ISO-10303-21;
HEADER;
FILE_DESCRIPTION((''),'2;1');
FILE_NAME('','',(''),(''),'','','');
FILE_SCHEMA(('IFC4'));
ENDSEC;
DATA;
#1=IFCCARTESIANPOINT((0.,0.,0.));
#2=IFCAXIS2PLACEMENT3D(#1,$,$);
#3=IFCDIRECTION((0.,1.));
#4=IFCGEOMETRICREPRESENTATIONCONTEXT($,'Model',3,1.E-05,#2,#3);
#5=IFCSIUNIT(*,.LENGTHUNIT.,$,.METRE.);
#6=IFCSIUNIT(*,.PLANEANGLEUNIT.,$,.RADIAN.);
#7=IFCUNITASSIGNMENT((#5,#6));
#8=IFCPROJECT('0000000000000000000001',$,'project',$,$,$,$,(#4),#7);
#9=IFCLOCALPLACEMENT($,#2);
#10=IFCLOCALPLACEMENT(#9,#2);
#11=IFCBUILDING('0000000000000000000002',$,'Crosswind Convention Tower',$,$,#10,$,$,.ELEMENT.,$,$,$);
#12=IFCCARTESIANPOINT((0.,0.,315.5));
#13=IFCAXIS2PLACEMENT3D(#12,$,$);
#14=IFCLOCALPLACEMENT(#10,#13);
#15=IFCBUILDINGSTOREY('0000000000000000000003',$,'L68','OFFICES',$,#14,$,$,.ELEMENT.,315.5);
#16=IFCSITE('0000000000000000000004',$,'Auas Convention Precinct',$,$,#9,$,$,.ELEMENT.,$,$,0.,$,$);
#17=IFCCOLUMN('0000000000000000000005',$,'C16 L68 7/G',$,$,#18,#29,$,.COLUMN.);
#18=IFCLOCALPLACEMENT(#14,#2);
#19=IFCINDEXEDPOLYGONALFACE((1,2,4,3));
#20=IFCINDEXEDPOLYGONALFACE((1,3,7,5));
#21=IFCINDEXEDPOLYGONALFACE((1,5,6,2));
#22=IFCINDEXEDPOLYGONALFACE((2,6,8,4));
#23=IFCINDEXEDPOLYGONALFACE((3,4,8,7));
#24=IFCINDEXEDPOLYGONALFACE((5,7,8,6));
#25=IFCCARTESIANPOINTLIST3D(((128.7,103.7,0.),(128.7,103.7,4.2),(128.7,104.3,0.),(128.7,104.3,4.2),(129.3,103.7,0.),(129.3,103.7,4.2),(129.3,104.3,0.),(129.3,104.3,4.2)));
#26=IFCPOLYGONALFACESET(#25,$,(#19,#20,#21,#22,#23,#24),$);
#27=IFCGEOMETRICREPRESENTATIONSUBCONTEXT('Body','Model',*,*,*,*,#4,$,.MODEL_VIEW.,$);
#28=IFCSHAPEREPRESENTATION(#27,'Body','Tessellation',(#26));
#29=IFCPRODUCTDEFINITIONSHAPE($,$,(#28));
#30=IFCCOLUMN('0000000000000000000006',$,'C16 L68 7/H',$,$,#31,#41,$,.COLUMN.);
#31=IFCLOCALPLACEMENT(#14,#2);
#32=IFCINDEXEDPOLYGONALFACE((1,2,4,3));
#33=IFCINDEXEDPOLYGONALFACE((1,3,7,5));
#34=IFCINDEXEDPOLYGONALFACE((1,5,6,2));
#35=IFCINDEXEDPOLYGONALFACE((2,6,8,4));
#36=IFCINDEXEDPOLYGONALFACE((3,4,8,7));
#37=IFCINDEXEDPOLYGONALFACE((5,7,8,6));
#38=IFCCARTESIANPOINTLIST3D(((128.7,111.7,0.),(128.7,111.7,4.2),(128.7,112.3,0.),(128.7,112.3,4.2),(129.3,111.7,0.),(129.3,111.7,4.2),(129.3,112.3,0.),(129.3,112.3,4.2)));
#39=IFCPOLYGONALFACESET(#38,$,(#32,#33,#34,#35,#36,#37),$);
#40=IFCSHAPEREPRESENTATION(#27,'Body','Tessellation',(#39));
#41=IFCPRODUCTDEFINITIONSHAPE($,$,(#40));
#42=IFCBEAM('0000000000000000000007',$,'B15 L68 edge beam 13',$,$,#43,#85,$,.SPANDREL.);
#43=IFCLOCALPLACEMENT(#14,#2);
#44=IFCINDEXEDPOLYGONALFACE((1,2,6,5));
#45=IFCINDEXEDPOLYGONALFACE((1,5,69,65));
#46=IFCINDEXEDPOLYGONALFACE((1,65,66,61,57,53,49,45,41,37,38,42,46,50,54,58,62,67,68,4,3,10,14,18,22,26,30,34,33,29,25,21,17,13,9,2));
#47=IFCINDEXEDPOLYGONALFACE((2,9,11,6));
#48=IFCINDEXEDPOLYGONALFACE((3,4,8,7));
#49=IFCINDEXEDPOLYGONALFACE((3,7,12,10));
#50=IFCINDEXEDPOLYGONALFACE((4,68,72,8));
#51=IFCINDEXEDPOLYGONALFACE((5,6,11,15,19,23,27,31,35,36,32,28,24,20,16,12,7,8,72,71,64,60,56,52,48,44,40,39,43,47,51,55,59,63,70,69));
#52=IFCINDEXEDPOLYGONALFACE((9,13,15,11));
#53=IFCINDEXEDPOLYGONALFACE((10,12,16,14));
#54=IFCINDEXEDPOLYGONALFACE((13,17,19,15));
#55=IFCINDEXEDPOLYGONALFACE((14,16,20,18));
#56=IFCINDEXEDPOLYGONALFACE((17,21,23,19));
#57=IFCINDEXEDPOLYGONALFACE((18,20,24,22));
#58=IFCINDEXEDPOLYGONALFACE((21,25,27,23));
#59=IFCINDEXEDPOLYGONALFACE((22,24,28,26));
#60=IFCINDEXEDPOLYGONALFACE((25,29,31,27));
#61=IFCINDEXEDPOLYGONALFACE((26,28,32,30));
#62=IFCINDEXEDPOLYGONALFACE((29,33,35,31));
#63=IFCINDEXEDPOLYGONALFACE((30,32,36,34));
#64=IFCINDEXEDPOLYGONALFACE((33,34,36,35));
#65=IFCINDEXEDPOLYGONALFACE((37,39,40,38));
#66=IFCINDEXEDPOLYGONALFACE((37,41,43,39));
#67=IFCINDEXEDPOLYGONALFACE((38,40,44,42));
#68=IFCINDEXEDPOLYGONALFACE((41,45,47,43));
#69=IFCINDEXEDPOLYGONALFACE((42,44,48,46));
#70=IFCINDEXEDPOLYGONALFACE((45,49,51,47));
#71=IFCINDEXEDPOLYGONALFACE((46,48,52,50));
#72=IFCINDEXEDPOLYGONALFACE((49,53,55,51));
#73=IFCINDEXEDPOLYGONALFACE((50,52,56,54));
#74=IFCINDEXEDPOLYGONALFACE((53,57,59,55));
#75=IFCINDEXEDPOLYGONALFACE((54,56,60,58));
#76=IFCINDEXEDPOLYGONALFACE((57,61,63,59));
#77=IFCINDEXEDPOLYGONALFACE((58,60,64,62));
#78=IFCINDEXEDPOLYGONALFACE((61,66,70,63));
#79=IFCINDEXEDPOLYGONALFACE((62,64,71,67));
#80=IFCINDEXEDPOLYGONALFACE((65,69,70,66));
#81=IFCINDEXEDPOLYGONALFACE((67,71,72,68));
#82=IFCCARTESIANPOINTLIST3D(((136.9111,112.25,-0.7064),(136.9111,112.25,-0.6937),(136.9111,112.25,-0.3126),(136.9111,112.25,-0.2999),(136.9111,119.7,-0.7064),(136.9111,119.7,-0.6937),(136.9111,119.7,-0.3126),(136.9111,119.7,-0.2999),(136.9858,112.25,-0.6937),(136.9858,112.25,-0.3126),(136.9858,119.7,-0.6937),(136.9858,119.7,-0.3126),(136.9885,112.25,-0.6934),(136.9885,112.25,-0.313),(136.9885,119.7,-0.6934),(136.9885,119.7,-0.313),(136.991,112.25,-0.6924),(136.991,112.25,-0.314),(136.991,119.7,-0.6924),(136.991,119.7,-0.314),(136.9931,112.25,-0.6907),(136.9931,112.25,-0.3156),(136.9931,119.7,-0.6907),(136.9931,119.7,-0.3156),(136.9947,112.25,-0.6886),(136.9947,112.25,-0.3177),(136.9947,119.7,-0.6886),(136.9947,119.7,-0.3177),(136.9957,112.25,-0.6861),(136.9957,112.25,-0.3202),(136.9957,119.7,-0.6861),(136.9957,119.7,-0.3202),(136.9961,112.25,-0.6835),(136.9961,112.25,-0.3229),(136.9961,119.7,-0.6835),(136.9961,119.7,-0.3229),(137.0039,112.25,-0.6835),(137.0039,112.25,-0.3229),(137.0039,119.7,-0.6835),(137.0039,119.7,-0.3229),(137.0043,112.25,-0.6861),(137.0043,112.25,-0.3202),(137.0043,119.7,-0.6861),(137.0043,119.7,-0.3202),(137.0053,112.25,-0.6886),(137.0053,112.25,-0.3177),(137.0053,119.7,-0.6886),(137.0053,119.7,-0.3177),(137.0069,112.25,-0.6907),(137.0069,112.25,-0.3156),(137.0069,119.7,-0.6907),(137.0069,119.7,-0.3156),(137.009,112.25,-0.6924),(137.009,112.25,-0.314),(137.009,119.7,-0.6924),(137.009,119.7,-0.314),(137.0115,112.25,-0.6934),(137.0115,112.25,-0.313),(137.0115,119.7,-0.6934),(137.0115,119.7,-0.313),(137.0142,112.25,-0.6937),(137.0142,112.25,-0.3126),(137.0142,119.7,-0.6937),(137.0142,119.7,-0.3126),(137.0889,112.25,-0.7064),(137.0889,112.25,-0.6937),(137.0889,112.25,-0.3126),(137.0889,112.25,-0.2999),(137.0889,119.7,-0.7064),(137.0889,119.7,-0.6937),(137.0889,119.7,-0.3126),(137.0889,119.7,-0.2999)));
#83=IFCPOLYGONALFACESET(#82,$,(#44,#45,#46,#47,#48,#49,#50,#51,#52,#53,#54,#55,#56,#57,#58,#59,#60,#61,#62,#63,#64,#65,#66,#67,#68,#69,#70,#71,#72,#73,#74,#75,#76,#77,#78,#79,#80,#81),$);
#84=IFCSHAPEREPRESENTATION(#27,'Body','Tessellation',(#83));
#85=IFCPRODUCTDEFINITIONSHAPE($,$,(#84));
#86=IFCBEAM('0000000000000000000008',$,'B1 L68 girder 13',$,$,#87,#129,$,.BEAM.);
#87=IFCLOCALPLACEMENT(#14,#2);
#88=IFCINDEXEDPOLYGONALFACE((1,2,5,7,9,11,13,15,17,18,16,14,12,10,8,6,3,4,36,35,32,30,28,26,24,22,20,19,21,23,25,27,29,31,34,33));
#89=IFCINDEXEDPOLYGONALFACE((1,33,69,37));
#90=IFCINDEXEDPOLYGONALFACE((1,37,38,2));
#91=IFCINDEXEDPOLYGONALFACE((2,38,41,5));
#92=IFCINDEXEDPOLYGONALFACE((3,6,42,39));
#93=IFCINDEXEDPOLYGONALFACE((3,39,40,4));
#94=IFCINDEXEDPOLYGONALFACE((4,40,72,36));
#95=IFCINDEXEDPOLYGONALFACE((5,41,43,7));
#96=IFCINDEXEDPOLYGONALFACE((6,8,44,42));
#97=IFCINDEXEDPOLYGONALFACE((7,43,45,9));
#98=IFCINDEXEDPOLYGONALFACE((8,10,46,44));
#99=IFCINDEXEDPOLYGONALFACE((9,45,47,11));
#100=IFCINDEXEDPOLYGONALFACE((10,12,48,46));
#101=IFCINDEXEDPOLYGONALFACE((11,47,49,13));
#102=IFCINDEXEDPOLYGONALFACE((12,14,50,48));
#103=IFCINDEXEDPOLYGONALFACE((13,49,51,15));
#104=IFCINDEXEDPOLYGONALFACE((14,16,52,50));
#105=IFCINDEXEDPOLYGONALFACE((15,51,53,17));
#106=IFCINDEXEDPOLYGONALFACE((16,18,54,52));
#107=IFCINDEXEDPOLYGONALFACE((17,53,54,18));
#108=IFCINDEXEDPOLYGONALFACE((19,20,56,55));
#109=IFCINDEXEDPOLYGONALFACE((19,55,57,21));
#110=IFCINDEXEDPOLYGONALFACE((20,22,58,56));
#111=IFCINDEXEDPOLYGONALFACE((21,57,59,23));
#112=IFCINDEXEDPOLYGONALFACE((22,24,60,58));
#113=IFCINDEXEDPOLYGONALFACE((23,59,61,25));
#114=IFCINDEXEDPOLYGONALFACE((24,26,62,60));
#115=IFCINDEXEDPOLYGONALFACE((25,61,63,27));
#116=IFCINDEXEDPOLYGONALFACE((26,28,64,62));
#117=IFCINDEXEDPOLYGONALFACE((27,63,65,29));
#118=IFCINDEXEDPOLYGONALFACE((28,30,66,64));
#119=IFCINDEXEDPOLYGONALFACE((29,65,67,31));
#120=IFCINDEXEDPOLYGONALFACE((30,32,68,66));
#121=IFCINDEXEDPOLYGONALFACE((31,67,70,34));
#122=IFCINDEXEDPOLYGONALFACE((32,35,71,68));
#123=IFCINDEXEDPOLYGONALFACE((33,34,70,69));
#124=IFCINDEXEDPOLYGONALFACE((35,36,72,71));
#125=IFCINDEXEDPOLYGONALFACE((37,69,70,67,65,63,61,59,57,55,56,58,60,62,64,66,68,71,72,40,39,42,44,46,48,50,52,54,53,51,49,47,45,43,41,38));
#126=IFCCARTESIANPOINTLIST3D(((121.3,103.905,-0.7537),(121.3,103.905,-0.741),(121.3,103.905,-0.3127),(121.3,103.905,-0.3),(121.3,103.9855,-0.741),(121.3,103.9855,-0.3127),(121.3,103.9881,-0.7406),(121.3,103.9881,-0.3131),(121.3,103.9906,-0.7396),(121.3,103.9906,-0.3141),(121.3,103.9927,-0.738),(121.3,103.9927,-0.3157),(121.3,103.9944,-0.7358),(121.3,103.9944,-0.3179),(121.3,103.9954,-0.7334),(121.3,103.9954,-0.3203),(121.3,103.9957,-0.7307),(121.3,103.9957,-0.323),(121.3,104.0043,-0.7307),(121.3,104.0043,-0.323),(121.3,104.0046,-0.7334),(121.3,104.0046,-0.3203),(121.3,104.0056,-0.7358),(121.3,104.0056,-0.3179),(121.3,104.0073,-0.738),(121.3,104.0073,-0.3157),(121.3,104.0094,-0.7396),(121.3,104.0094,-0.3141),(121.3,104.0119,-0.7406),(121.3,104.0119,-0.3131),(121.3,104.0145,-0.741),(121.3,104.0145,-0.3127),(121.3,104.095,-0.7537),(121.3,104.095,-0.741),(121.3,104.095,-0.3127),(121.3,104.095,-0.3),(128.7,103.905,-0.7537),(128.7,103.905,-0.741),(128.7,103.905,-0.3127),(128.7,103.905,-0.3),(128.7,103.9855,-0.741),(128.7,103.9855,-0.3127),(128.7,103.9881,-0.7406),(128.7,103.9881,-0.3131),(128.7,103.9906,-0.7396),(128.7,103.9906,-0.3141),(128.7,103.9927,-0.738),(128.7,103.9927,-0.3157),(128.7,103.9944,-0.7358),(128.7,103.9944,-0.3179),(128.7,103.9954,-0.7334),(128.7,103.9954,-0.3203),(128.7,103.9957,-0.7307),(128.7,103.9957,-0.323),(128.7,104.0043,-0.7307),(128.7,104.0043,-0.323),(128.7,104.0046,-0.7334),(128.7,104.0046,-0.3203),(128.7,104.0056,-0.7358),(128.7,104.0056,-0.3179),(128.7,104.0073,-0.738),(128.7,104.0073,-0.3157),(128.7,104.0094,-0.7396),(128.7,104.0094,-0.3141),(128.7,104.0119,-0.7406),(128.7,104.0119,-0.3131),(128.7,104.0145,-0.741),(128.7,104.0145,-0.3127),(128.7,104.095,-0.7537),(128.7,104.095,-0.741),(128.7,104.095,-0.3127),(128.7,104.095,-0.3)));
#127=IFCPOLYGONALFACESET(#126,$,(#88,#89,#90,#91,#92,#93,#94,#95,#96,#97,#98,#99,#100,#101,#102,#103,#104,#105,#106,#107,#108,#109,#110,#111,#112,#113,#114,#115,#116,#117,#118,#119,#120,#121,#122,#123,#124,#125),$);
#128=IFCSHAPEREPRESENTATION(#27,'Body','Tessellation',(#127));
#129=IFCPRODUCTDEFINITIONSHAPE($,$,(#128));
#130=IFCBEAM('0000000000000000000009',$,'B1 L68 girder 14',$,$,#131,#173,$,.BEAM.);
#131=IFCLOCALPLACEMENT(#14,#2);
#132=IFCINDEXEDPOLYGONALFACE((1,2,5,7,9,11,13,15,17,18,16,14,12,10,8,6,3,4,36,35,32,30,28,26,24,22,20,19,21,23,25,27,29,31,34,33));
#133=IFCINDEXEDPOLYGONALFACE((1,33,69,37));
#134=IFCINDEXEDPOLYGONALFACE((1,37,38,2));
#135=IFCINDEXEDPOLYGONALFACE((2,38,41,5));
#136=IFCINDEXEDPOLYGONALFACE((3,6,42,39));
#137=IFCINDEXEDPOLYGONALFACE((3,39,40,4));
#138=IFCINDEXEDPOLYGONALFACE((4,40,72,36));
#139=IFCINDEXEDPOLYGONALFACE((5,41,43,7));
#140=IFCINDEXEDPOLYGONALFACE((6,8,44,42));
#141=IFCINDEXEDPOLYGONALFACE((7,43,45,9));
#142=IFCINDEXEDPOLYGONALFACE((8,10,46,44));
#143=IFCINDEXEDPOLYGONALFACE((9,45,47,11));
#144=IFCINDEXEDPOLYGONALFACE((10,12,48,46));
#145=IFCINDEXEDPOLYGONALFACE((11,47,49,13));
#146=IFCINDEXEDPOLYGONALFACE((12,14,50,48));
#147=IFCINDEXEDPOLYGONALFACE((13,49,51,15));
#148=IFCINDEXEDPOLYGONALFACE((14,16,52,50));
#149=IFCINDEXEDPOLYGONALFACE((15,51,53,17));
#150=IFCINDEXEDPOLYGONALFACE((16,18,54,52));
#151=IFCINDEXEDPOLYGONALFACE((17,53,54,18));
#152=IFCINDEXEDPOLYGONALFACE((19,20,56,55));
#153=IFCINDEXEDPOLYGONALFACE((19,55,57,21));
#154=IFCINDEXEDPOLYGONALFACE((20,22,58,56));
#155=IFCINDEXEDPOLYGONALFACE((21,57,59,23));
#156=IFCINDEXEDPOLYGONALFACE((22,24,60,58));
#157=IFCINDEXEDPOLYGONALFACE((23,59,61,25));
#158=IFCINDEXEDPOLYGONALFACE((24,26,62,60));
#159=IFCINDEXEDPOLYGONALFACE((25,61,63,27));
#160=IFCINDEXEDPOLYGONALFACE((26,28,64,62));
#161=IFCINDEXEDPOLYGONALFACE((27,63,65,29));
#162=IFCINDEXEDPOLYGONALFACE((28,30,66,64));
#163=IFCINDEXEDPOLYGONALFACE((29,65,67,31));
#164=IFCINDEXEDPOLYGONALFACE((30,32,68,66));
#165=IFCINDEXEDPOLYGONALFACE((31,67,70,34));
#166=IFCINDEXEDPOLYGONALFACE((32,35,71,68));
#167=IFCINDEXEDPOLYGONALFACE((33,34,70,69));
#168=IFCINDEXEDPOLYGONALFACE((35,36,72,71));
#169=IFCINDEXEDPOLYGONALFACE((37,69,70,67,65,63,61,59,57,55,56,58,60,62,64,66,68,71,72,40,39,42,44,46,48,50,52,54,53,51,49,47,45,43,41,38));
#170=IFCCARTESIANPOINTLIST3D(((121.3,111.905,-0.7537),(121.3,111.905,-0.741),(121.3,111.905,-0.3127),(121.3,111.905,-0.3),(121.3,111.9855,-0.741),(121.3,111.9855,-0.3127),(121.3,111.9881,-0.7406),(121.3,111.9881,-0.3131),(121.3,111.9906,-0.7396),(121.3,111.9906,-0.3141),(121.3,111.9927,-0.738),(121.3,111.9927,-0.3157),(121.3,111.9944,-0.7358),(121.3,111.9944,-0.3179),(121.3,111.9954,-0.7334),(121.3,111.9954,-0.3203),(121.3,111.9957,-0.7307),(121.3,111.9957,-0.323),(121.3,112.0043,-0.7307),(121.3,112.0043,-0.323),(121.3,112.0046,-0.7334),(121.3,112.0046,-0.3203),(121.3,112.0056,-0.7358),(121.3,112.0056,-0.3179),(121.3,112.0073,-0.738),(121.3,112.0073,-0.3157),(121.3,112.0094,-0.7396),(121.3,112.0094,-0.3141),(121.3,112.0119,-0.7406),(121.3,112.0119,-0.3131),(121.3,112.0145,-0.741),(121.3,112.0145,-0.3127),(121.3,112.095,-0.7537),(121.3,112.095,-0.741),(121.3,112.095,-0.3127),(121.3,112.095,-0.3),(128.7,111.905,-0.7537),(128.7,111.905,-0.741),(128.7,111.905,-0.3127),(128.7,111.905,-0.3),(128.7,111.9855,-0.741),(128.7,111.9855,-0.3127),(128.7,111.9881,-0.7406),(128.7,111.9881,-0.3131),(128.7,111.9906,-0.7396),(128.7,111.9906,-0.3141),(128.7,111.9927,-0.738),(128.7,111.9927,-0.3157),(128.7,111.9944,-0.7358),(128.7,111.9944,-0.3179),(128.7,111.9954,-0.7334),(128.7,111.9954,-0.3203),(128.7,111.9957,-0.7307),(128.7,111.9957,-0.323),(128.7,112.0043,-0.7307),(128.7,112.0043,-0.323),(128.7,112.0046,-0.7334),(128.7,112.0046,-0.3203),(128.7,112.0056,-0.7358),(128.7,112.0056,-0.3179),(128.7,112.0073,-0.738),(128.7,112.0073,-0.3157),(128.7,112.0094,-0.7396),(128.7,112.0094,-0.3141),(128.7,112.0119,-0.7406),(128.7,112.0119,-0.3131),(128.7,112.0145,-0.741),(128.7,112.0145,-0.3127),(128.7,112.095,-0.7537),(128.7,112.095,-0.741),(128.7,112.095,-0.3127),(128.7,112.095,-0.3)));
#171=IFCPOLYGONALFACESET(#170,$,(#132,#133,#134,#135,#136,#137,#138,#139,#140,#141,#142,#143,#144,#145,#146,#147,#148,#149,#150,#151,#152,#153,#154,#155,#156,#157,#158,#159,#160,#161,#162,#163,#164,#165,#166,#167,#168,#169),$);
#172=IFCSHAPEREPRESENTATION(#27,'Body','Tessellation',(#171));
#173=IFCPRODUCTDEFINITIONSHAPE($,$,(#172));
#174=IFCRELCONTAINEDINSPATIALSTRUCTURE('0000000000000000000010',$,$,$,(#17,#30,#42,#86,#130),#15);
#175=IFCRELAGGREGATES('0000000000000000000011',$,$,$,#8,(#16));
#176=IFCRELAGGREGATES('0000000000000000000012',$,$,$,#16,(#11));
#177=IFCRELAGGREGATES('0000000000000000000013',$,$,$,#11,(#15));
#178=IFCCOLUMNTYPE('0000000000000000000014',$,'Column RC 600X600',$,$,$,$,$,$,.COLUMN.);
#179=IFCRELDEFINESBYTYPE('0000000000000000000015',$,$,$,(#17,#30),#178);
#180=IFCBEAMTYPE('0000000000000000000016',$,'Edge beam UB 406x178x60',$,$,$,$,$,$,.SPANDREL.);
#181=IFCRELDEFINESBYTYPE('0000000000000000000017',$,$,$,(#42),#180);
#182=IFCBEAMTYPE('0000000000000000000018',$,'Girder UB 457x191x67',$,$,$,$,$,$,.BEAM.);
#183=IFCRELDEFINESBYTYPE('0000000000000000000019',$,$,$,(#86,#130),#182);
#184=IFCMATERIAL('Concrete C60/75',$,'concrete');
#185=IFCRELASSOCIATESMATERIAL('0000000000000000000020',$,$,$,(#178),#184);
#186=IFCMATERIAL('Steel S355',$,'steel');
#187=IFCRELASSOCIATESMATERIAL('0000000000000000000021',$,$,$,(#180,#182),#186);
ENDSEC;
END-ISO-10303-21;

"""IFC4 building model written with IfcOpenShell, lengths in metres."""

from ifc_helpers import new_model, si_unit, direction, frame, origin, origin_2d, place, context, subcontext, project, spatial, rectangle, i_section, extrude, material, material_profile, profile_set, type_object, element, save


model = new_model("IFC4")

# Units and contexts
model_context = context("Model", 3, precision=1e-05, world=origin(), true_north=direction((0.0, 1.0)))
body_context = subcontext(model_context, "Body", "Model", "MODEL_VIEW")
ifc_project = project(units=[si_unit("LENGTHUNIT", "METRE"), si_unit("PLANEANGLEUNIT", "RADIAN")], contexts=[model_context])

# Site, building, storey
site_placement = place(None, origin())
site = spatial("IfcSite", under=ifc_project, at=site_placement, Name="Auas Convention Precinct", CompositionType="ELEMENT", RefElevation=0.0)
building_placement = place(site_placement, origin())
building = spatial("IfcBuilding", under=site, at=building_placement, Name="Crosswind Convention Tower", CompositionType="ELEMENT")
storey_placement = place(building_placement, frame((0.0, 0.0, 315.5)))
storey = spatial("IfcBuildingStorey", under=building, at=storey_placement, Name="L68", Description="OFFICES", CompositionType="ELEMENT", Elevation=315.5)

# Columns
ifc_material_1 = material(Name="Concrete C60/75", Category="concrete")
ifc_material_profile_1 = material_profile(ifc_material_1, rectangle(XDim=0.6001, YDim=0.6001, at=origin_2d()), Name="RC 600X600")
ifc_profile_set_1 = profile_set([ifc_material_profile_1], Name="Concrete C60/75")
column_type = type_object("IfcColumnType", Name="Column RC 600X600", PredefinedType="COLUMN", material=ifc_profile_set_1)
for number, where, z_axis, x_axis, name in (
    (1, (129.0, 104.0, 0.0), (0.0, 0.0, 1.0), (1.0, 0.0, 0.0), "C16 L68 7/G"),
    (2, (129.0, 112.0, 0.0), (0.0, 0.0, 1.0), (1.0, 0.0, 0.0), "C16 L68 7/H"),
):
    element("IfcColumn", number, at=place(storey_placement, frame(where, z_axis=z_axis, x_axis=x_axis)), inside=storey, type_object=column_type, Name=name, PredefinedType="COLUMN", context=body_context, shape_type="SweptSolid", body=[
        extrude(rectangle(XDim=0.6001, YDim=0.6001, at=origin_2d()), origin(), (0.0, 0.0, 1.0), 4.2),
    ])

# Beams
ifc_material_2 = material(Name="Steel S355", Category="steel")
ifc_material_profile_2 = material_profile(ifc_material_2, i_section(OverallWidth=0.1777, OverallDepth=0.4065, WebThickness=0.0078, FlangeThickness=0.0127, FilletRadius=0.0103, at=origin_2d()), Name="UB 406x178x60")
ifc_profile_set_2 = profile_set([ifc_material_profile_2], Name="Steel S355")
beam_type_1 = type_object("IfcBeamType", Name="Edge beam UB 406x178x60", PredefinedType="SPANDREL", material=ifc_profile_set_2)
beam_placement = place(storey_placement, frame((137.0, 112.25, -0.5032), z_axis=(0.0, 1.0, 0.0), x_axis=(-1.0, 0.0, 0.0)))
element("IfcBeam", 3, at=beam_placement, inside=storey, type_object=beam_type_1, Name="B15 L68 edge beam 13", PredefinedType="SPANDREL", context=body_context, shape_type="SweptSolid", body=[
    extrude(i_section(OverallWidth=0.1777, OverallDepth=0.4065, WebThickness=0.0078, FlangeThickness=0.0127, FilletRadius=0.0103, at=origin_2d()), origin(), (0.0, 0.0, 1.0), 7.45),
])
ifc_material_profile_3 = material_profile(ifc_material_2, i_section(OverallWidth=0.1899, OverallDepth=0.4536, WebThickness=0.0085, FlangeThickness=0.0127, FilletRadius=0.0103, at=origin_2d()), Name="UB 457x191x67")
ifc_profile_set_3 = profile_set([ifc_material_profile_3], Name="Steel S355")
beam_type_2 = type_object("IfcBeamType", Name="Girder UB 457x191x67", PredefinedType="BEAM", material=ifc_profile_set_3)
for number, where, z_axis, x_axis, name in (
    (4, (121.3, 104.0, -0.5269), (1.0, 0.0, 0.0), (0.0, 1.0, 0.0), "B1 L68 girder 13"),
    (5, (121.3, 112.0, -0.5269), (1.0, 0.0, 0.0), (0.0, 1.0, 0.0), "B1 L68 girder 14"),
):
    element("IfcBeam", number, at=place(storey_placement, frame(where, z_axis=z_axis, x_axis=x_axis)), inside=storey, type_object=beam_type_2, Name=name, PredefinedType="BEAM", context=body_context, shape_type="SweptSolid", body=[
        extrude(i_section(OverallWidth=0.1899, OverallDepth=0.4536, WebThickness=0.0085, FlangeThickness=0.0127, FilletRadius=0.0103, at=origin_2d()), origin(), (0.0, 0.0, 1.0), 7.3999),
    ])

save(model, "model.ifc")
